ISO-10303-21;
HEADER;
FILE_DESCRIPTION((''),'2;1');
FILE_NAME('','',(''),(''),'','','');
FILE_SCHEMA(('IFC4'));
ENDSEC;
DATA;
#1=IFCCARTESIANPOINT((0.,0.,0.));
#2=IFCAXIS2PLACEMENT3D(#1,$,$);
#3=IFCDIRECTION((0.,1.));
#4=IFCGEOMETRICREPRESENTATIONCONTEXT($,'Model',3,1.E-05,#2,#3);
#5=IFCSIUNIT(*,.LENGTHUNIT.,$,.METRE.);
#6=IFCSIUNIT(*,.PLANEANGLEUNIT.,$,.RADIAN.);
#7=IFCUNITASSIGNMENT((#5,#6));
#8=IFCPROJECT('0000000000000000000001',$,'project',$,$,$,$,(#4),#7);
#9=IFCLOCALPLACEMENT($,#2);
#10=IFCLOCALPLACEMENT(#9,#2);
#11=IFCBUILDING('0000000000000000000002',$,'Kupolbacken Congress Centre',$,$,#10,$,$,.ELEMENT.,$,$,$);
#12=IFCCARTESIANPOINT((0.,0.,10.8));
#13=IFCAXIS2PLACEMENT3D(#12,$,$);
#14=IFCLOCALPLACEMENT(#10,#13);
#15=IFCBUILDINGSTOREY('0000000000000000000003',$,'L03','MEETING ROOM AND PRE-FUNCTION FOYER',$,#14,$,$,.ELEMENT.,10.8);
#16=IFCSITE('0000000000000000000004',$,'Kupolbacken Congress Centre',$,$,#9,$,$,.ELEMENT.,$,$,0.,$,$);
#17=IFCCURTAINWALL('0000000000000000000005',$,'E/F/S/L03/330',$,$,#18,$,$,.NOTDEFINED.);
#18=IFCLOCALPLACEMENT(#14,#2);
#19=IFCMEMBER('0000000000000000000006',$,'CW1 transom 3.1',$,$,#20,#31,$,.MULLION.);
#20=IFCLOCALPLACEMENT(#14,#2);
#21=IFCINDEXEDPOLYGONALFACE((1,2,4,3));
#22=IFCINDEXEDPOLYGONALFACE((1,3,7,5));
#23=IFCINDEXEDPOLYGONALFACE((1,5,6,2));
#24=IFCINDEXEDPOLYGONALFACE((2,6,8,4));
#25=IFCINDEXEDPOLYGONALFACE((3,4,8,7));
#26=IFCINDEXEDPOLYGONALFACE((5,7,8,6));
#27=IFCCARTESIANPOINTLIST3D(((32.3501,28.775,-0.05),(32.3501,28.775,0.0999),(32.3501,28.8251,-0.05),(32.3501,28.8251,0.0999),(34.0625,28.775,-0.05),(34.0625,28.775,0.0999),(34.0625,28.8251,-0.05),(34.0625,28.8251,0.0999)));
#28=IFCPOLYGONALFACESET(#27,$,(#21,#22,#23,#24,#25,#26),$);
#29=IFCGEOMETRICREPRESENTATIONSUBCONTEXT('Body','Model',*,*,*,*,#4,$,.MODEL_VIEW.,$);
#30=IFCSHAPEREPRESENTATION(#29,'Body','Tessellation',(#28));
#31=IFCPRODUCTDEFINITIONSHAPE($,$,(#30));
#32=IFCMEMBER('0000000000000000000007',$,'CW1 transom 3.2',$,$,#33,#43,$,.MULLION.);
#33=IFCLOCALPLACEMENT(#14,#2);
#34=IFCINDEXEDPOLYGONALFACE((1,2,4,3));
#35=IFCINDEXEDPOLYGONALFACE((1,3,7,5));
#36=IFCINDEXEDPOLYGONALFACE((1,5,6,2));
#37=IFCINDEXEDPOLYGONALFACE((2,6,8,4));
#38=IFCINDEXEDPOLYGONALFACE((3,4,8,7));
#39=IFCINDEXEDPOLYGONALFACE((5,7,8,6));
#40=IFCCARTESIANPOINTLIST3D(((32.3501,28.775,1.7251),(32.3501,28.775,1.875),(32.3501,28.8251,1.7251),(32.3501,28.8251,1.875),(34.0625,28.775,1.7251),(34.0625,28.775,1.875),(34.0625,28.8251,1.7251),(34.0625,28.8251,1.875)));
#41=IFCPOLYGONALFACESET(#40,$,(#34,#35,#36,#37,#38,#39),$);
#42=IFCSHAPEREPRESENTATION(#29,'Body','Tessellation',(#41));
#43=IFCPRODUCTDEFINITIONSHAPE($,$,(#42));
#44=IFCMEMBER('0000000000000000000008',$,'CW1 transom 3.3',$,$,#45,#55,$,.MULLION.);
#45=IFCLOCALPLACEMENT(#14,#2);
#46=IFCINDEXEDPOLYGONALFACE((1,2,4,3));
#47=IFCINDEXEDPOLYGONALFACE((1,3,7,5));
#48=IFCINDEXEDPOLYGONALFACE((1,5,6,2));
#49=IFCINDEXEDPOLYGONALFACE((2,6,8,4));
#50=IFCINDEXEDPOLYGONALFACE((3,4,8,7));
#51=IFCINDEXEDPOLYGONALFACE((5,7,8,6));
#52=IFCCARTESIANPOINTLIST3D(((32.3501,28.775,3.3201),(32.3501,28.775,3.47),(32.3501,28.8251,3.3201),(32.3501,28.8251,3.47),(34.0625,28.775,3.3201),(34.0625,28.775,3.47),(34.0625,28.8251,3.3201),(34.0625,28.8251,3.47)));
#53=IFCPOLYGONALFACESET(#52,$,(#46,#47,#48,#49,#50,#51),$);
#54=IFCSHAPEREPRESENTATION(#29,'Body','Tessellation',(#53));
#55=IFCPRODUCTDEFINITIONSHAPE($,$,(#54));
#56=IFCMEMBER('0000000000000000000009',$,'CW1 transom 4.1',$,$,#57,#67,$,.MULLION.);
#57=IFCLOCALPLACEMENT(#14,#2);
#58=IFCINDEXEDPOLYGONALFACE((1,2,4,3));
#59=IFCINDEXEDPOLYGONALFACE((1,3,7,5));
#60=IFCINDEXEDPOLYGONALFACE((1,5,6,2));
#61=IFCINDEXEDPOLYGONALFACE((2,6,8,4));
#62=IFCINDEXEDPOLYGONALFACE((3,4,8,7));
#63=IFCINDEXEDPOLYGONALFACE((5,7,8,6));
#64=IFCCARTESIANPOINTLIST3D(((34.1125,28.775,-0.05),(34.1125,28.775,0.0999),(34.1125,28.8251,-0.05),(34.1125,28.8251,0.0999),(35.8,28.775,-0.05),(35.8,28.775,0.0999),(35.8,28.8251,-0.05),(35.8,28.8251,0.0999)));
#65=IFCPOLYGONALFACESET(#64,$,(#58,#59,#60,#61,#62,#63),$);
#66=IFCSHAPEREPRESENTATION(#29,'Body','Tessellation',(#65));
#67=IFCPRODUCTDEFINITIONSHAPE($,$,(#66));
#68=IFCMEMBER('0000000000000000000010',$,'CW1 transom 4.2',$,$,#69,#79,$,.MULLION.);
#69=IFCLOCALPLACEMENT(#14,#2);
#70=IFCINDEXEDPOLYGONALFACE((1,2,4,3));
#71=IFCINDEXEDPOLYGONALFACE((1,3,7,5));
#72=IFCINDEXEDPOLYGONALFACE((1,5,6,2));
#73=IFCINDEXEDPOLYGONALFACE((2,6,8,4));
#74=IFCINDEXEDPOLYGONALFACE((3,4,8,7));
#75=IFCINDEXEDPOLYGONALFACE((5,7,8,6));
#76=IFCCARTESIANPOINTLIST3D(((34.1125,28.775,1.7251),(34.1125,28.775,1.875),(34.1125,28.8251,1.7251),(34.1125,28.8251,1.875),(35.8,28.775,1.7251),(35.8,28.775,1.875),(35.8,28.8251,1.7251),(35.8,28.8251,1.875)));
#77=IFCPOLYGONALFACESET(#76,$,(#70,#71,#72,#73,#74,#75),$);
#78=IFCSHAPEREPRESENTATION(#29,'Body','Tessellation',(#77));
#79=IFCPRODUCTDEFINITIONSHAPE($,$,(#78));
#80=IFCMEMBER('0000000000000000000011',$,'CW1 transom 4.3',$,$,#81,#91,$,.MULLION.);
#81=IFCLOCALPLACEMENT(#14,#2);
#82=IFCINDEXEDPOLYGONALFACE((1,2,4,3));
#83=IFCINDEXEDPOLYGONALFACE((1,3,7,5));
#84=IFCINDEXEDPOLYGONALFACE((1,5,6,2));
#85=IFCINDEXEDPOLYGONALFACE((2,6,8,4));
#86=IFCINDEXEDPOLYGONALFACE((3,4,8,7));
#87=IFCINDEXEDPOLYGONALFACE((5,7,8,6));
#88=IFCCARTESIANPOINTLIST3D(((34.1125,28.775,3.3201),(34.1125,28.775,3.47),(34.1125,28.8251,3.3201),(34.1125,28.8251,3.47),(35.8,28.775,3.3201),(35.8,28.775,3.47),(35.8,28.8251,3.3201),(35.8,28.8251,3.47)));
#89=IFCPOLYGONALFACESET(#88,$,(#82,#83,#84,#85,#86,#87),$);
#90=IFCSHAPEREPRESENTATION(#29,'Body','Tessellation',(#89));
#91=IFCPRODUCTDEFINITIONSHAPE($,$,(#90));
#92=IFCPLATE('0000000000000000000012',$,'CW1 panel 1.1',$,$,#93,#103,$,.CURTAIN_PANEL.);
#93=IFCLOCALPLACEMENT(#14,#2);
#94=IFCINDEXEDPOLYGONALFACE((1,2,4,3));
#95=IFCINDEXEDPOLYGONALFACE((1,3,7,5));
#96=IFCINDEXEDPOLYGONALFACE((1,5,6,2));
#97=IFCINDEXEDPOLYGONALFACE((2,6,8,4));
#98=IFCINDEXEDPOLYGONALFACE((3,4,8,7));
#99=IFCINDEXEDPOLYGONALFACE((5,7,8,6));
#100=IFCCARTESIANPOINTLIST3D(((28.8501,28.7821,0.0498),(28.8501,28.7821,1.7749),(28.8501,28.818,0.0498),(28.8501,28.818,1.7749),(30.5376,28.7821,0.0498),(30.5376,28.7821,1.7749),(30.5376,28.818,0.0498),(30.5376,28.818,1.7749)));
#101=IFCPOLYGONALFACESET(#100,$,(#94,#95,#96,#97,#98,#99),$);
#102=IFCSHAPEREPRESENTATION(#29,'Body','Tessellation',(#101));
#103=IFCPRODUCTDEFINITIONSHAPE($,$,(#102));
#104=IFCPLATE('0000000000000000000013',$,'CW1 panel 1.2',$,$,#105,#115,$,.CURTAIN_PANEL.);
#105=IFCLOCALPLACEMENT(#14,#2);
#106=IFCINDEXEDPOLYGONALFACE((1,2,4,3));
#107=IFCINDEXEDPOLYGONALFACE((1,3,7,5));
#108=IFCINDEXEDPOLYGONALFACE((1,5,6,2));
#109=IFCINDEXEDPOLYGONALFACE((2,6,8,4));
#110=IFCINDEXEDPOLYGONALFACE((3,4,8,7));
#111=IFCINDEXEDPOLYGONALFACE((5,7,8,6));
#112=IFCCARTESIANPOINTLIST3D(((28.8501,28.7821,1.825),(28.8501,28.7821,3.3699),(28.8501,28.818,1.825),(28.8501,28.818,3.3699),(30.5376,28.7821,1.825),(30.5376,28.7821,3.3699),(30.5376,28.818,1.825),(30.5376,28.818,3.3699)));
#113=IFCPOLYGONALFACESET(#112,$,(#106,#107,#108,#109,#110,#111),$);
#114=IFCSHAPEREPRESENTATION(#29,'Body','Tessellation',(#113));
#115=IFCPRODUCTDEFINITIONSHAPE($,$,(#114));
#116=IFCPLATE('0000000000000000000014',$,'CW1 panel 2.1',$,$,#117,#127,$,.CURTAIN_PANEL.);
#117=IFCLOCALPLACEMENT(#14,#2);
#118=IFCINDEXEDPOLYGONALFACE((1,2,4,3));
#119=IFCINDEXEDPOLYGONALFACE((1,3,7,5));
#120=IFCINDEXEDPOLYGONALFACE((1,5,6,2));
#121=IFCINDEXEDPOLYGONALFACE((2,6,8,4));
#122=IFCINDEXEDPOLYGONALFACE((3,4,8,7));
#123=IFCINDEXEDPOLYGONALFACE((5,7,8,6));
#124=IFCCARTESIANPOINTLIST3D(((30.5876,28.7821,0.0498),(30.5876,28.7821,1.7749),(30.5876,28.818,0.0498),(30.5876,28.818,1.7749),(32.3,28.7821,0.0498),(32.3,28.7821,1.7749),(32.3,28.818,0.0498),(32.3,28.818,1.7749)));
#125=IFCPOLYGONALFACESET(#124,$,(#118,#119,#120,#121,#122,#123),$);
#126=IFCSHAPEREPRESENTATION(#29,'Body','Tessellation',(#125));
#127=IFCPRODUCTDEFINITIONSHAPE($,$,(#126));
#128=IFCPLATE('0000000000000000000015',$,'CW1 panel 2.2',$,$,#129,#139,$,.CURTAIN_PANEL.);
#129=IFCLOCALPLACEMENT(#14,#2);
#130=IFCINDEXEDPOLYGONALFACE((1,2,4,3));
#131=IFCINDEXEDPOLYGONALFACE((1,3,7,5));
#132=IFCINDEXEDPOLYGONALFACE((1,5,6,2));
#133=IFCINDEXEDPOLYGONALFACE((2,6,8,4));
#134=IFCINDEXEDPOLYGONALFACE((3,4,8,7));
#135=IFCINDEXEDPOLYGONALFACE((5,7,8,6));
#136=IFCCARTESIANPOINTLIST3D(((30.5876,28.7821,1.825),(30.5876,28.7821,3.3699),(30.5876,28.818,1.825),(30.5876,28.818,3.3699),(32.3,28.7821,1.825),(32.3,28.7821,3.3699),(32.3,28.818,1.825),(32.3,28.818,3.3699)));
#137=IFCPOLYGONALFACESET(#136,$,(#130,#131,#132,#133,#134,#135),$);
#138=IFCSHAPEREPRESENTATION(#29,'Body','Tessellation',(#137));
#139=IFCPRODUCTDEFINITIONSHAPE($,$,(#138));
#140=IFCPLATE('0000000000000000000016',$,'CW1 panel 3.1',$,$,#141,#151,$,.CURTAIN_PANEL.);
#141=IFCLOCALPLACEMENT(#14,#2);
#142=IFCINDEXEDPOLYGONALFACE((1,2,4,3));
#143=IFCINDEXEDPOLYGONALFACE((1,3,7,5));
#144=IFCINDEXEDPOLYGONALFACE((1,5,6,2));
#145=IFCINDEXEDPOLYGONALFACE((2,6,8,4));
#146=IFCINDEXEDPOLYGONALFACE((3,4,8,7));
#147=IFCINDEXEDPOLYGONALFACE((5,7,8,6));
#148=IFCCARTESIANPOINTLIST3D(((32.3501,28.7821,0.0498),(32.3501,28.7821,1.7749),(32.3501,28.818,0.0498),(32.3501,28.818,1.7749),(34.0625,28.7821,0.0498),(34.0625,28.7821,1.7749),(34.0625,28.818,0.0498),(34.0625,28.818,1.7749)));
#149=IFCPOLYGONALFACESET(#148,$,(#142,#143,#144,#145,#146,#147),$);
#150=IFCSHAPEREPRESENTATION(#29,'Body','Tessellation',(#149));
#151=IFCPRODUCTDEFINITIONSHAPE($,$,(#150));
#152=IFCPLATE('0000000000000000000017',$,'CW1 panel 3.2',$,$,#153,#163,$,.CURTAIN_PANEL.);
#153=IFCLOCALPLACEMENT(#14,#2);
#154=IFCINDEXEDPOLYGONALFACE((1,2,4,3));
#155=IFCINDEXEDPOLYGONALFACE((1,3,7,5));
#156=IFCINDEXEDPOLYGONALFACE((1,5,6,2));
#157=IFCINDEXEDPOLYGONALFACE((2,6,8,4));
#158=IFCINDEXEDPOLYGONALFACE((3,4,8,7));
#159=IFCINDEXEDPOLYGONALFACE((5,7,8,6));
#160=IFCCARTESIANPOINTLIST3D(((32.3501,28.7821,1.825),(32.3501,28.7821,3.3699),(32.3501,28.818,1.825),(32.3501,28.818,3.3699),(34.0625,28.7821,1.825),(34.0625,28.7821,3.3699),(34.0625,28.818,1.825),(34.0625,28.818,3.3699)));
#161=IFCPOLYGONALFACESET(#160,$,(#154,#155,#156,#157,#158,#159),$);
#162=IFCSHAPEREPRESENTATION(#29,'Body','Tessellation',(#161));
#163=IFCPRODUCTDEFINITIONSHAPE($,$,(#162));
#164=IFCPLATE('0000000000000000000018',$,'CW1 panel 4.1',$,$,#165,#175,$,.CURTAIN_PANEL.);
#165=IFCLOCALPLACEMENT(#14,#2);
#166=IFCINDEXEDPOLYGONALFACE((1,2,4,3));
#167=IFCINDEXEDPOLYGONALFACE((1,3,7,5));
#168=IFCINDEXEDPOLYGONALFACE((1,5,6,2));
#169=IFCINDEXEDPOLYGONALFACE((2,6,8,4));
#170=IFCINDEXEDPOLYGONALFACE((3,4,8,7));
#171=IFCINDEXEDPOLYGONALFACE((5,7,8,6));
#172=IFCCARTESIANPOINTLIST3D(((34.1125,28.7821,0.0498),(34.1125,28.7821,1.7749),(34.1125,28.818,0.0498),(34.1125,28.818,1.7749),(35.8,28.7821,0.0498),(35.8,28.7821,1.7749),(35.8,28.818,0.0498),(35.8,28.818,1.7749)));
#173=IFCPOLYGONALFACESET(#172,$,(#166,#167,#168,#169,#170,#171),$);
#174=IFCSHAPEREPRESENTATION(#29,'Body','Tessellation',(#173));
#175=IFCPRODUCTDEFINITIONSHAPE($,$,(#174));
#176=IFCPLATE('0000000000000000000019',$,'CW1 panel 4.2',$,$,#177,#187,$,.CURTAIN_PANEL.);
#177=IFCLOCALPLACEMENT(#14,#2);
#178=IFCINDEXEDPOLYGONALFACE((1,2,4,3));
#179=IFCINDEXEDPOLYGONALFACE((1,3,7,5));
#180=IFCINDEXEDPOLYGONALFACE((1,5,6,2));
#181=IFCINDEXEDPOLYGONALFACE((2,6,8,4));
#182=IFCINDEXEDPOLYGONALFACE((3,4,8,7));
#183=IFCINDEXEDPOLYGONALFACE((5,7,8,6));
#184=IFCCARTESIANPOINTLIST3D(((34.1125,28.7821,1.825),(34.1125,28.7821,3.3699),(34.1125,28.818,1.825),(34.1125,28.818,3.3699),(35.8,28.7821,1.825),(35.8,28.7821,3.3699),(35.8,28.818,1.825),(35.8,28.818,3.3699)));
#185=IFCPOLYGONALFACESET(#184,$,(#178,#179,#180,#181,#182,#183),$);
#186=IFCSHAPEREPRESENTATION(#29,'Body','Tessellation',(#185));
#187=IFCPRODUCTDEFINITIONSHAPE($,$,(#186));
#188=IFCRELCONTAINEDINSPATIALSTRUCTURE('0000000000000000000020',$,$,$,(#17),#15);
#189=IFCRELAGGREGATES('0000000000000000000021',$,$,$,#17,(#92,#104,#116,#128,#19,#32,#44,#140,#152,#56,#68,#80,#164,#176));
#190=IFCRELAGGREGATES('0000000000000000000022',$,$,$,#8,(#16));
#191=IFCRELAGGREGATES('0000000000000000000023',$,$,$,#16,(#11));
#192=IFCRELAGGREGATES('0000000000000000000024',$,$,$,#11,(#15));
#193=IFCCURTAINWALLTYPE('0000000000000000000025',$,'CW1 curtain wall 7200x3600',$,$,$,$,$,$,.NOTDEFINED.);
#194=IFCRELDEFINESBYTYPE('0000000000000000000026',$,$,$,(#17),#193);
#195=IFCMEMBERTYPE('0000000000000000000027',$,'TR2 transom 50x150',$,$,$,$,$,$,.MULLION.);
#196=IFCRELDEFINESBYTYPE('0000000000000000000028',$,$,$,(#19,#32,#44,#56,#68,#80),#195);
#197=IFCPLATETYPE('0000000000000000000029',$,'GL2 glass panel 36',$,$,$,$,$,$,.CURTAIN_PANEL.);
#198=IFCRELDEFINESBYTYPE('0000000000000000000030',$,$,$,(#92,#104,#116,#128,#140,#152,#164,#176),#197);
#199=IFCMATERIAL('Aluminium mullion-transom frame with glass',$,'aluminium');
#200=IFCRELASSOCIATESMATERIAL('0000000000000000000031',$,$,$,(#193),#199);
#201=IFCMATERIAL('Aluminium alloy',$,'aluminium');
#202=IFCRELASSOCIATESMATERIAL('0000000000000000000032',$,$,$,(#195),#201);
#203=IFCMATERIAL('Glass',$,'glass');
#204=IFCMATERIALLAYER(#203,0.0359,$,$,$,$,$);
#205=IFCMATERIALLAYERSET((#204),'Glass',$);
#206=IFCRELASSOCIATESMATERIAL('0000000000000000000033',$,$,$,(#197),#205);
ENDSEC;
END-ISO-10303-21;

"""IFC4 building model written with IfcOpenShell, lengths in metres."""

from ifc_helpers import new_model, si_unit, direction, frame, origin, origin_2d, place, context, subcontext, project, spatial, rectangle, extrude, material, layer, layer_set, material_profile, profile_set, type_object, element, aggregate, save


model = new_model("IFC4")

# Units and contexts
model_context = context("Model", 3, precision=1e-05, world=origin(), true_north=direction((0.0, 1.0)))
body_context = subcontext(model_context, "Body", "Model", "MODEL_VIEW")
ifc_project = project(units=[si_unit("LENGTHUNIT", "METRE"), si_unit("PLANEANGLEUNIT", "RADIAN")], contexts=[model_context])

# Site, building, storey
site_placement = place(None, origin())
site = spatial("IfcSite", under=ifc_project, at=site_placement, Name="Kupolbacken Congress Centre", CompositionType="ELEMENT", RefElevation=0.0)
building_placement = place(site_placement, origin())
building = spatial("IfcBuilding", under=site, at=building_placement, Name="Kupolbacken Congress Centre", CompositionType="ELEMENT")
storey_placement = place(building_placement, frame((0.0, 0.0, 10.8)))
storey = spatial("IfcBuildingStorey", under=building, at=storey_placement, Name="L03", Description="MEETING ROOM AND PRE-FUNCTION FOYER", CompositionType="ELEMENT", Elevation=10.8)

# Curtain wall, members, plates
ifc_material_1 = material(Name="Aluminium mullion-transom frame with glass", Category="aluminium")
curtain_wall_type = type_object("IfcCurtainWallType", Name="CW1 curtain wall 7200x3600", PredefinedType="NOTDEFINED", material=ifc_material_1)
curtain_wall_placement = place(storey_placement, origin())
curtain_wall = element("IfcCurtainWall", 1, at=curtain_wall_placement, inside=storey, type_object=curtain_wall_type, Name="E/F/S/L03/330", PredefinedType="NOTDEFINED")
ifc_material_2 = material(Name="Aluminium alloy", Category="aluminium")
ifc_material_profile_1 = material_profile(ifc_material_2, rectangle(XDim=0.05, YDim=0.1499, at=origin_2d()), Name="50 x 150")
ifc_profile_set_1 = profile_set([ifc_material_profile_1], Name="Aluminium alloy")
member_type_1 = type_object("IfcMemberType", Name="TR2 transom 50x150", PredefinedType="MULLION", material=ifc_profile_set_1)
member_1_placement = place(storey_placement, frame((32.3501, 28.8, 0.0249), z_axis=(1.0, 0.0, 0.0), x_axis=(0.0, 1.0, 0.0)))
member_1 = element("IfcMember", 2, at=member_1_placement, type_object=member_type_1, Name="CW1 transom 3.1", PredefinedType="MULLION", context=body_context, shape_type="SweptSolid", body=[
    extrude(rectangle(XDim=0.05, YDim=0.1499, at=origin_2d()), origin(), (0.0, 0.0, 1.0), 1.7124),
])
member_2_placement = place(storey_placement, frame((32.3501, 28.8, 1.8), z_axis=(1.0, 0.0, 0.0), x_axis=(0.0, 1.0, 0.0)))
member_2 = element("IfcMember", 3, at=member_2_placement, type_object=member_type_1, Name="CW1 transom 3.2", PredefinedType="MULLION", context=body_context, shape_type="SweptSolid", body=[
    extrude(rectangle(XDim=0.05, YDim=0.1499, at=origin_2d()), origin(), (0.0, 0.0, 1.0), 1.7124),
])
member_3_placement = place(storey_placement, frame((32.3501, 28.8, 3.395), z_axis=(1.0, 0.0, 0.0), x_axis=(0.0, 1.0, 0.0)))
member_3 = element("IfcMember", 4, at=member_3_placement, type_object=member_type_1, Name="CW1 transom 3.3", PredefinedType="MULLION", context=body_context, shape_type="SweptSolid", body=[
    extrude(rectangle(XDim=0.05, YDim=0.1499, at=origin_2d()), origin(), (0.0, 0.0, 1.0), 1.7124),
])
member_4_placement = place(storey_placement, frame((34.1125, 28.8, 0.0249), z_axis=(1.0, 0.0, 0.0), x_axis=(0.0, 1.0, 0.0)))
member_4 = element("IfcMember", 5, at=member_4_placement, type_object=member_type_1, Name="CW1 transom 4.1", PredefinedType="MULLION", context=body_context, shape_type="SweptSolid", body=[
    extrude(rectangle(XDim=0.05, YDim=0.1499, at=origin_2d()), origin(), (0.0, 0.0, 1.0), 1.6875),
])
member_5_placement = place(storey_placement, frame((34.1125, 28.8, 1.8), z_axis=(1.0, 0.0, 0.0), x_axis=(0.0, 1.0, 0.0)))
member_5 = element("IfcMember", 6, at=member_5_placement, type_object=member_type_1, Name="CW1 transom 4.2", PredefinedType="MULLION", context=body_context, shape_type="SweptSolid", body=[
    extrude(rectangle(XDim=0.05, YDim=0.1499, at=origin_2d()), origin(), (0.0, 0.0, 1.0), 1.6875),
])
member_6_placement = place(storey_placement, frame((34.1125, 28.8, 3.395), z_axis=(1.0, 0.0, 0.0), x_axis=(0.0, 1.0, 0.0)))
member_6 = element("IfcMember", 7, at=member_6_placement, type_object=member_type_1, Name="CW1 transom 4.3", PredefinedType="MULLION", context=body_context, shape_type="SweptSolid", body=[
    extrude(rectangle(XDim=0.05, YDim=0.1499, at=origin_2d()), origin(), (0.0, 0.0, 1.0), 1.6875),
])
ifc_material_3 = material(Name="Glass", Category="glass")
ifc_layer = layer(ifc_material_3, 0.0359)
ifc_layer_set = layer_set([ifc_layer], Name="Glass")
plate_type = type_object("IfcPlateType", Name="GL2 glass panel 36", PredefinedType="CURTAIN_PANEL", material=ifc_layer_set)
plate_1_placement = place(storey_placement, frame((29.6938, 28.8, 0.0498), z_axis=(0.0, 0.0, 1.0), x_axis=(1.0, 0.0, 0.0)))
plate_1 = element("IfcPlate", 8, at=plate_1_placement, type_object=plate_type, Name="CW1 panel 1.1", PredefinedType="CURTAIN_PANEL", context=body_context, shape_type="SweptSolid", body=[
    extrude(rectangle(XDim=1.6875, YDim=0.0359, at=origin_2d()), origin(), (0.0, 0.0, 1.0), 1.7251),
])
plate_2_placement = place(storey_placement, frame((29.6938, 28.8, 1.825), z_axis=(0.0, 0.0, 1.0), x_axis=(1.0, 0.0, 0.0)))
plate_2 = element("IfcPlate", 9, at=plate_2_placement, type_object=plate_type, Name="CW1 panel 1.2", PredefinedType="CURTAIN_PANEL", context=body_context, shape_type="SweptSolid", body=[
    extrude(rectangle(XDim=1.6875, YDim=0.0359, at=origin_2d()), origin(), (0.0, 0.0, 1.0), 1.5449),
])
plate_3_placement = place(storey_placement, frame((31.4438, 28.8, 0.0498), z_axis=(0.0, 0.0, 1.0), x_axis=(1.0, 0.0, 0.0)))
plate_3 = element("IfcPlate", 10, at=plate_3_placement, type_object=plate_type, Name="CW1 panel 2.1", PredefinedType="CURTAIN_PANEL", context=body_context, shape_type="SweptSolid", body=[
    extrude(rectangle(XDim=1.7124, YDim=0.0359, at=origin_2d()), origin(), (0.0, 0.0, 1.0), 1.7251),
])
plate_4_placement = place(storey_placement, frame((31.4438, 28.8, 1.825), z_axis=(0.0, 0.0, 1.0), x_axis=(1.0, 0.0, 0.0)))
plate_4 = element("IfcPlate", 11, at=plate_4_placement, type_object=plate_type, Name="CW1 panel 2.2", PredefinedType="CURTAIN_PANEL", context=body_context, shape_type="SweptSolid", body=[
    extrude(rectangle(XDim=1.7124, YDim=0.0359, at=origin_2d()), origin(), (0.0, 0.0, 1.0), 1.5449),
])
plate_5_placement = place(storey_placement, frame((33.2063, 28.8, 0.0498), z_axis=(0.0, 0.0, 1.0), x_axis=(1.0, 0.0, 0.0)))
plate_5 = element("IfcPlate", 12, at=plate_5_placement, type_object=plate_type, Name="CW1 panel 3.1", PredefinedType="CURTAIN_PANEL", context=body_context, shape_type="SweptSolid", body=[
    extrude(rectangle(XDim=1.7124, YDim=0.0359, at=origin_2d()), origin(), (0.0, 0.0, 1.0), 1.7251),
])
plate_6_placement = place(storey_placement, frame((33.2063, 28.8, 1.825), z_axis=(0.0, 0.0, 1.0), x_axis=(1.0, 0.0, 0.0)))
plate_6 = element("IfcPlate", 13, at=plate_6_placement, type_object=plate_type, Name="CW1 panel 3.2", PredefinedType="CURTAIN_PANEL", context=body_context, shape_type="SweptSolid", body=[
    extrude(rectangle(XDim=1.7124, YDim=0.0359, at=origin_2d()), origin(), (0.0, 0.0, 1.0), 1.5449),
])
plate_7_placement = place(storey_placement, frame((34.9563, 28.8, 0.0498), z_axis=(0.0, 0.0, 1.0), x_axis=(1.0, 0.0, 0.0)))
plate_7 = element("IfcPlate", 14, at=plate_7_placement, type_object=plate_type, Name="CW1 panel 4.1", PredefinedType="CURTAIN_PANEL", context=body_context, shape_type="SweptSolid", body=[
    extrude(rectangle(XDim=1.6875, YDim=0.0359, at=origin_2d()), origin(), (0.0, 0.0, 1.0), 1.7251),
])
plate_8_placement = place(storey_placement, frame((34.9563, 28.8, 1.825), z_axis=(0.0, 0.0, 1.0), x_axis=(1.0, 0.0, 0.0)))
plate_8 = element("IfcPlate", 15, at=plate_8_placement, type_object=plate_type, Name="CW1 panel 4.2", PredefinedType="CURTAIN_PANEL", context=body_context, shape_type="SweptSolid", body=[
    extrude(rectangle(XDim=1.6875, YDim=0.0359, at=origin_2d()), origin(), (0.0, 0.0, 1.0), 1.5449),
])
aggregate(curtain_wall, [plate_1, plate_2, plate_3, plate_4, member_1, member_2, member_3, plate_5, plate_6, member_4, member_5, member_6, plate_7, plate_8])

save(model, "model.ifc")
